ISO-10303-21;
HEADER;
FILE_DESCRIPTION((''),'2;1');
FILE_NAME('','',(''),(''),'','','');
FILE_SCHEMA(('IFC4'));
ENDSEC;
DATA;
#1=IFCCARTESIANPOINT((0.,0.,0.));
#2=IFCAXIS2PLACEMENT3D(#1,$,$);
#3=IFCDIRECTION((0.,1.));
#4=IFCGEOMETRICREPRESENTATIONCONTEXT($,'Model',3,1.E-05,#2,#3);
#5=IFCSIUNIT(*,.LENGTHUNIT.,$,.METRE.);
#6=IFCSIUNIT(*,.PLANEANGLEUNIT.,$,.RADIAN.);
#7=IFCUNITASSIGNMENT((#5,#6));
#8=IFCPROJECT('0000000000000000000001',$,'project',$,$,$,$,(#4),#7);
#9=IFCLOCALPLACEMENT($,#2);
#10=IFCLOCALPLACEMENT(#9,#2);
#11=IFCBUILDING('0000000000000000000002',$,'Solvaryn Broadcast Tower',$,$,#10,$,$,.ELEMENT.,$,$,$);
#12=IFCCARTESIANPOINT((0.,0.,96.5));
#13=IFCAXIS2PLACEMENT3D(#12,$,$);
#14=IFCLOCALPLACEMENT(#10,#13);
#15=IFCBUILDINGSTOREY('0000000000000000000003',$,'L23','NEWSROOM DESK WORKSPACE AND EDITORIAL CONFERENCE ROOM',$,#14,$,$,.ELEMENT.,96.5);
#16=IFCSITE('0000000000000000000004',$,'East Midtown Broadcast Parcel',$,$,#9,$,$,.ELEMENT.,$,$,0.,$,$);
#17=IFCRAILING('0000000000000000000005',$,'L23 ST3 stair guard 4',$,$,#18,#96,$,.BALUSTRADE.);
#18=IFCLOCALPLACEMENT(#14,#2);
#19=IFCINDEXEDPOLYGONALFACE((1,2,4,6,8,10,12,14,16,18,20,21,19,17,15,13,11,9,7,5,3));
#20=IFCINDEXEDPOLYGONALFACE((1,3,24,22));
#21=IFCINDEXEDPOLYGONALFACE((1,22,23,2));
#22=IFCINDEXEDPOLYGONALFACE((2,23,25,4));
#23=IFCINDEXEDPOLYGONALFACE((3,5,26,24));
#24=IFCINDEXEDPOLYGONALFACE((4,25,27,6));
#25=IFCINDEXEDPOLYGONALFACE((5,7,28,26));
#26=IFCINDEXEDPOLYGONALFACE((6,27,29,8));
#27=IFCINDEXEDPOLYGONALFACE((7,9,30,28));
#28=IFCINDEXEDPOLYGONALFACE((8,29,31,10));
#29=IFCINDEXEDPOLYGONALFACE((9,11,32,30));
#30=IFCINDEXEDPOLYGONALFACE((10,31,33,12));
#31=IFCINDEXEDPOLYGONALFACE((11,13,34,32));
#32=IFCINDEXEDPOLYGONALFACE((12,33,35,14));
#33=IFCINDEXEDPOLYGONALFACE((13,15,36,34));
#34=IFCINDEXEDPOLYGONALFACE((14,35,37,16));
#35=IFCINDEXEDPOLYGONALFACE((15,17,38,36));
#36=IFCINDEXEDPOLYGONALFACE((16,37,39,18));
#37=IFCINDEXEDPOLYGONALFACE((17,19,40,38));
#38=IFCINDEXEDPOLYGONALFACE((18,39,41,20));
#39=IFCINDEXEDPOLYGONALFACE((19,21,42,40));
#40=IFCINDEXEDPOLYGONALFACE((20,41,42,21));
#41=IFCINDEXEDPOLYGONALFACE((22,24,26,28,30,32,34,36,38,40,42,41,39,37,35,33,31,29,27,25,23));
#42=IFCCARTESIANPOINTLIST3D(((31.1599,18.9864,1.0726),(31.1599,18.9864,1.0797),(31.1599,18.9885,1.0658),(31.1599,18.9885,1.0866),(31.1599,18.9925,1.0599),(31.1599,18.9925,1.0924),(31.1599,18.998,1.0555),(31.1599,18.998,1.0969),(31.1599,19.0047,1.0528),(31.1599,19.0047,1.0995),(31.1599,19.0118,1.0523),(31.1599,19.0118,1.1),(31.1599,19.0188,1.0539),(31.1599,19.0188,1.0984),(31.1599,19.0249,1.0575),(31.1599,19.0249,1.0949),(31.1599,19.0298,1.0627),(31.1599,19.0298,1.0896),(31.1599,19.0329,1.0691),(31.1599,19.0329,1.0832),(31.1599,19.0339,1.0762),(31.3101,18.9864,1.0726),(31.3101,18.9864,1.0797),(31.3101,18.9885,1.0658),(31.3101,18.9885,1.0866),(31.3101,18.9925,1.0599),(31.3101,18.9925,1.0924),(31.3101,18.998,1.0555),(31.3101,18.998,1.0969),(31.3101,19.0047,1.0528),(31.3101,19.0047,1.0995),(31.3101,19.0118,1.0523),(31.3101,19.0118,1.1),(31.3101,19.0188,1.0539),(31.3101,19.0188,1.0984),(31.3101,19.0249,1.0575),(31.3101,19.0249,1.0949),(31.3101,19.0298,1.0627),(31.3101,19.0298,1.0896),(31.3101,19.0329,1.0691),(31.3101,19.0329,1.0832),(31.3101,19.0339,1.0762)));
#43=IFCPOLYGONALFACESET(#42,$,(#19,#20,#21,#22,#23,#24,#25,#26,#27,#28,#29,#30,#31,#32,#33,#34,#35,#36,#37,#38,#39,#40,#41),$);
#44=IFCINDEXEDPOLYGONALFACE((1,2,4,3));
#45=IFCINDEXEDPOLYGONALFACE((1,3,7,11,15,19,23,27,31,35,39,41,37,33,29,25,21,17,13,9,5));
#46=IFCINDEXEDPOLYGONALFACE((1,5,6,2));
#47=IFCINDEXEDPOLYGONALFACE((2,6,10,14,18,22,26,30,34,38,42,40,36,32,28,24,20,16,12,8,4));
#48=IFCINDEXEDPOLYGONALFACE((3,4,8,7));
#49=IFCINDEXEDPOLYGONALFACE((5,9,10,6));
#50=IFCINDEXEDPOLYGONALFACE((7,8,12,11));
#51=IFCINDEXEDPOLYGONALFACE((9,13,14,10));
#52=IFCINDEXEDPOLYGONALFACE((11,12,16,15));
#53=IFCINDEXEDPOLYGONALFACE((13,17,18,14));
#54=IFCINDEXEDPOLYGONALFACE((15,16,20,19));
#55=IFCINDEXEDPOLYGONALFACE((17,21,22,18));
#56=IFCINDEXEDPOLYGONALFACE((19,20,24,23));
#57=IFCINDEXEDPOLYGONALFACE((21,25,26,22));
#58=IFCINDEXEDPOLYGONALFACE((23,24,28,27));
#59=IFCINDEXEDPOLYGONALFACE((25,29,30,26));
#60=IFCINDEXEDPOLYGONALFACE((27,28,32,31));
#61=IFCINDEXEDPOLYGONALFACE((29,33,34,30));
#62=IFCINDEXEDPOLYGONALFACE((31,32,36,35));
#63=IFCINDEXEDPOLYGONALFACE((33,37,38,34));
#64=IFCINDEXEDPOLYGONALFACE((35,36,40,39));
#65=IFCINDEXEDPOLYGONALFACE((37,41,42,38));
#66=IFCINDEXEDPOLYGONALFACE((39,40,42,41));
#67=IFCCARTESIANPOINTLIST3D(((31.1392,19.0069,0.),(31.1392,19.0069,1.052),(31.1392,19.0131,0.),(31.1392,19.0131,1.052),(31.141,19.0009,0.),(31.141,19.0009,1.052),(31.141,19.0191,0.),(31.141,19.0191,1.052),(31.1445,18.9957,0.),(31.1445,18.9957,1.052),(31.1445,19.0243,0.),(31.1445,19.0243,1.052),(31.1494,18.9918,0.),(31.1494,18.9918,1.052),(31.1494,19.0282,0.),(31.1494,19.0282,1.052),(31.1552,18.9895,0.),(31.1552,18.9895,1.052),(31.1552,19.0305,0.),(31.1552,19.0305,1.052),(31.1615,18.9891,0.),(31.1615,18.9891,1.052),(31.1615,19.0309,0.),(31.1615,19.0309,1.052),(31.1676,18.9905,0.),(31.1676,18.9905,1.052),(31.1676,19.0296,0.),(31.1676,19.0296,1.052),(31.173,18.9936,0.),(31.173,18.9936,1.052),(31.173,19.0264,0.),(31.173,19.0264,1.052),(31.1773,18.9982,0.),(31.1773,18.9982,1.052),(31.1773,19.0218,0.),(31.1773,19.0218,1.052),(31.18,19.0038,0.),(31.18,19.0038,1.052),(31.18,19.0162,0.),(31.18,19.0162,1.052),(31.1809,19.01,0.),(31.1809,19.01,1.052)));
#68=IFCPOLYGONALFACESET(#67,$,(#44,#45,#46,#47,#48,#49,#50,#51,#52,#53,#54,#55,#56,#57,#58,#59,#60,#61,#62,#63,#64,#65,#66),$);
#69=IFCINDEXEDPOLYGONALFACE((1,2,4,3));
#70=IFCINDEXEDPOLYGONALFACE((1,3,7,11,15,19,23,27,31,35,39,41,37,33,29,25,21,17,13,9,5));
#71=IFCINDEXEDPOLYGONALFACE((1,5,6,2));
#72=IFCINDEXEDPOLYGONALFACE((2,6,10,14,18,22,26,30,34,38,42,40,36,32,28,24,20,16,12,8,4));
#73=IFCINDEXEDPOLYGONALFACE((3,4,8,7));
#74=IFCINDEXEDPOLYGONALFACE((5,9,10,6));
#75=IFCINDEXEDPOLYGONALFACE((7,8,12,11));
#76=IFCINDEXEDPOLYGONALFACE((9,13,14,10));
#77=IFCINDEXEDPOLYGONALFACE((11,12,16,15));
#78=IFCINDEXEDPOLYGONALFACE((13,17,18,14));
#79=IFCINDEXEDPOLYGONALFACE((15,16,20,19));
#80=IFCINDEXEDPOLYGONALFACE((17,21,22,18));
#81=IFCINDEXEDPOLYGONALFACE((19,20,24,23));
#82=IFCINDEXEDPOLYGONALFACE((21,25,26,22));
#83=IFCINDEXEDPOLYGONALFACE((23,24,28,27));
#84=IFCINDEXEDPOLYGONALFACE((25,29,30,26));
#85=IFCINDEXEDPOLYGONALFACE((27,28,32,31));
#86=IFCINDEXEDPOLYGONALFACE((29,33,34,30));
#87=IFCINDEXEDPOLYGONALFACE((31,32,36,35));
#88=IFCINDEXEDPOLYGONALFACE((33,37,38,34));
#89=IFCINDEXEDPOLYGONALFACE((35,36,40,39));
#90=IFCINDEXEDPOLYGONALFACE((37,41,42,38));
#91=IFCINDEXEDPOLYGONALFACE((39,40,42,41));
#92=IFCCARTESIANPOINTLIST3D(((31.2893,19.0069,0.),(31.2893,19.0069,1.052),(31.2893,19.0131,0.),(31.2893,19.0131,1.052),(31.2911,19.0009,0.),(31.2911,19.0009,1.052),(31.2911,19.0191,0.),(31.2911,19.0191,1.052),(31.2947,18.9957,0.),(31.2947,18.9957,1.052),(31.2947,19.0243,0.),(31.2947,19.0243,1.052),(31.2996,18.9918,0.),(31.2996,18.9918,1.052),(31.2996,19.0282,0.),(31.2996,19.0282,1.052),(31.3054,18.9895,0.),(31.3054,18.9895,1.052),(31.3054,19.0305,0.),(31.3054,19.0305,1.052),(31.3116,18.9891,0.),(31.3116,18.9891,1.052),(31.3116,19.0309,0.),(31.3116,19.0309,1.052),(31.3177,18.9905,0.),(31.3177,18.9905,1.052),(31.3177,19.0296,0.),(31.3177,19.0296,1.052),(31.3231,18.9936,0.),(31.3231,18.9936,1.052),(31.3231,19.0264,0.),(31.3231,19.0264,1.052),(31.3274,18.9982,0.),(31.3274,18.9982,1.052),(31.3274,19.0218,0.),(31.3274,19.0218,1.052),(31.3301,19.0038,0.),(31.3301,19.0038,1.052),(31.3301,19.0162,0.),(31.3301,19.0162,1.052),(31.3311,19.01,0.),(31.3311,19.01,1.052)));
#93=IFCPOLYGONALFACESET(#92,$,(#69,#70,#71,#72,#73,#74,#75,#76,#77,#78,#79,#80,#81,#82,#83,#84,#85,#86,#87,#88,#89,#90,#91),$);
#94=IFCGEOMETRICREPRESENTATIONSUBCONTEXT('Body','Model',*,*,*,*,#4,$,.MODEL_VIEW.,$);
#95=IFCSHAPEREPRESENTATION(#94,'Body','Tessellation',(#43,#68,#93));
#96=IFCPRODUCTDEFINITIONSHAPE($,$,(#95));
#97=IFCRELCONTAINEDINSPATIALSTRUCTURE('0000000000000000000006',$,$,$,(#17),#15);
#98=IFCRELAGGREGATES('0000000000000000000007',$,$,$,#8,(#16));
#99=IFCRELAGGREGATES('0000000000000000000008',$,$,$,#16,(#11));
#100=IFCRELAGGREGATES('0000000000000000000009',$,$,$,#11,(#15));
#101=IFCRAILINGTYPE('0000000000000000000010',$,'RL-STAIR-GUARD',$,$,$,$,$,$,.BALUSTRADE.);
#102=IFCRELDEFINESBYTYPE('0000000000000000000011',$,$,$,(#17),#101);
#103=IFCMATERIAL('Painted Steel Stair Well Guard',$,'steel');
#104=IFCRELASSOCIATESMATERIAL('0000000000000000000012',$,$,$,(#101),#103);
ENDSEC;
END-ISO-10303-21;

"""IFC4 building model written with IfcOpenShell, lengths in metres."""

from ifc_helpers import new_model, si_unit, direction, frame, origin, origin_2d, place, context, subcontext, project, spatial, circle, extrude, material, type_object, element, save


model = new_model("IFC4")

# Units and contexts
model_context = context("Model", 3, precision=1e-05, world=origin(), true_north=direction((0.0, 1.0)))
body_context = subcontext(model_context, "Body", "Model", "MODEL_VIEW")
ifc_project = project(units=[si_unit("LENGTHUNIT", "METRE"), si_unit("PLANEANGLEUNIT", "RADIAN")], contexts=[model_context])

# Site, building, storey
site_placement = place(None, origin())
site = spatial("IfcSite", under=ifc_project, at=site_placement, Name="East Midtown Broadcast Parcel", CompositionType="ELEMENT", RefElevation=0.0)
building_placement = place(site_placement, origin())
building = spatial("IfcBuilding", under=site, at=building_placement, Name="Solvaryn Broadcast Tower", CompositionType="ELEMENT")
storey_placement = place(building_placement, frame((0.0, 0.0, 96.5)))
storey = spatial("IfcBuildingStorey", under=building, at=storey_placement, Name="L23", Description="NEWSROOM DESK WORKSPACE AND EDITORIAL CONFERENCE ROOM", CompositionType="ELEMENT", Elevation=96.5)

# Railing
ifc_material_1 = material(Name="Painted Steel Stair Well Guard", Category="steel")
railing_type_1 = type_object("IfcRailingType", Name="RL-STAIR-GUARD", PredefinedType="BALUSTRADE", material=ifc_material_1)
railing_1_placement = place(storey_placement, frame((31.1599, 19.01, 0.0)))
element("IfcRailing", 1, at=railing_1_placement, inside=storey, type_object=railing_type_1, Name="L23 ST3 stair guard 4", PredefinedType="BALUSTRADE", context=body_context, shape_type="SweptSolid", body=[
    extrude(circle(Radius=0.0239, at=origin_2d()), frame((0.0, 0.0, 1.0762), z_axis=(1.0, 0.0, 0.0), x_axis=(0.0, 1.0, 0.0)), (0.0, 0.0, 1.0), 0.1501),
    extrude(circle(Radius=0.021, at=origin_2d()), origin(), (0.0, 0.0, 1.0), 1.052),
    extrude(circle(Radius=0.021, at=origin_2d()), frame((0.1501, 0.0, 0.0)), (0.0, 0.0, 1.0), 1.052),
])

save(model, "model.ifc")
